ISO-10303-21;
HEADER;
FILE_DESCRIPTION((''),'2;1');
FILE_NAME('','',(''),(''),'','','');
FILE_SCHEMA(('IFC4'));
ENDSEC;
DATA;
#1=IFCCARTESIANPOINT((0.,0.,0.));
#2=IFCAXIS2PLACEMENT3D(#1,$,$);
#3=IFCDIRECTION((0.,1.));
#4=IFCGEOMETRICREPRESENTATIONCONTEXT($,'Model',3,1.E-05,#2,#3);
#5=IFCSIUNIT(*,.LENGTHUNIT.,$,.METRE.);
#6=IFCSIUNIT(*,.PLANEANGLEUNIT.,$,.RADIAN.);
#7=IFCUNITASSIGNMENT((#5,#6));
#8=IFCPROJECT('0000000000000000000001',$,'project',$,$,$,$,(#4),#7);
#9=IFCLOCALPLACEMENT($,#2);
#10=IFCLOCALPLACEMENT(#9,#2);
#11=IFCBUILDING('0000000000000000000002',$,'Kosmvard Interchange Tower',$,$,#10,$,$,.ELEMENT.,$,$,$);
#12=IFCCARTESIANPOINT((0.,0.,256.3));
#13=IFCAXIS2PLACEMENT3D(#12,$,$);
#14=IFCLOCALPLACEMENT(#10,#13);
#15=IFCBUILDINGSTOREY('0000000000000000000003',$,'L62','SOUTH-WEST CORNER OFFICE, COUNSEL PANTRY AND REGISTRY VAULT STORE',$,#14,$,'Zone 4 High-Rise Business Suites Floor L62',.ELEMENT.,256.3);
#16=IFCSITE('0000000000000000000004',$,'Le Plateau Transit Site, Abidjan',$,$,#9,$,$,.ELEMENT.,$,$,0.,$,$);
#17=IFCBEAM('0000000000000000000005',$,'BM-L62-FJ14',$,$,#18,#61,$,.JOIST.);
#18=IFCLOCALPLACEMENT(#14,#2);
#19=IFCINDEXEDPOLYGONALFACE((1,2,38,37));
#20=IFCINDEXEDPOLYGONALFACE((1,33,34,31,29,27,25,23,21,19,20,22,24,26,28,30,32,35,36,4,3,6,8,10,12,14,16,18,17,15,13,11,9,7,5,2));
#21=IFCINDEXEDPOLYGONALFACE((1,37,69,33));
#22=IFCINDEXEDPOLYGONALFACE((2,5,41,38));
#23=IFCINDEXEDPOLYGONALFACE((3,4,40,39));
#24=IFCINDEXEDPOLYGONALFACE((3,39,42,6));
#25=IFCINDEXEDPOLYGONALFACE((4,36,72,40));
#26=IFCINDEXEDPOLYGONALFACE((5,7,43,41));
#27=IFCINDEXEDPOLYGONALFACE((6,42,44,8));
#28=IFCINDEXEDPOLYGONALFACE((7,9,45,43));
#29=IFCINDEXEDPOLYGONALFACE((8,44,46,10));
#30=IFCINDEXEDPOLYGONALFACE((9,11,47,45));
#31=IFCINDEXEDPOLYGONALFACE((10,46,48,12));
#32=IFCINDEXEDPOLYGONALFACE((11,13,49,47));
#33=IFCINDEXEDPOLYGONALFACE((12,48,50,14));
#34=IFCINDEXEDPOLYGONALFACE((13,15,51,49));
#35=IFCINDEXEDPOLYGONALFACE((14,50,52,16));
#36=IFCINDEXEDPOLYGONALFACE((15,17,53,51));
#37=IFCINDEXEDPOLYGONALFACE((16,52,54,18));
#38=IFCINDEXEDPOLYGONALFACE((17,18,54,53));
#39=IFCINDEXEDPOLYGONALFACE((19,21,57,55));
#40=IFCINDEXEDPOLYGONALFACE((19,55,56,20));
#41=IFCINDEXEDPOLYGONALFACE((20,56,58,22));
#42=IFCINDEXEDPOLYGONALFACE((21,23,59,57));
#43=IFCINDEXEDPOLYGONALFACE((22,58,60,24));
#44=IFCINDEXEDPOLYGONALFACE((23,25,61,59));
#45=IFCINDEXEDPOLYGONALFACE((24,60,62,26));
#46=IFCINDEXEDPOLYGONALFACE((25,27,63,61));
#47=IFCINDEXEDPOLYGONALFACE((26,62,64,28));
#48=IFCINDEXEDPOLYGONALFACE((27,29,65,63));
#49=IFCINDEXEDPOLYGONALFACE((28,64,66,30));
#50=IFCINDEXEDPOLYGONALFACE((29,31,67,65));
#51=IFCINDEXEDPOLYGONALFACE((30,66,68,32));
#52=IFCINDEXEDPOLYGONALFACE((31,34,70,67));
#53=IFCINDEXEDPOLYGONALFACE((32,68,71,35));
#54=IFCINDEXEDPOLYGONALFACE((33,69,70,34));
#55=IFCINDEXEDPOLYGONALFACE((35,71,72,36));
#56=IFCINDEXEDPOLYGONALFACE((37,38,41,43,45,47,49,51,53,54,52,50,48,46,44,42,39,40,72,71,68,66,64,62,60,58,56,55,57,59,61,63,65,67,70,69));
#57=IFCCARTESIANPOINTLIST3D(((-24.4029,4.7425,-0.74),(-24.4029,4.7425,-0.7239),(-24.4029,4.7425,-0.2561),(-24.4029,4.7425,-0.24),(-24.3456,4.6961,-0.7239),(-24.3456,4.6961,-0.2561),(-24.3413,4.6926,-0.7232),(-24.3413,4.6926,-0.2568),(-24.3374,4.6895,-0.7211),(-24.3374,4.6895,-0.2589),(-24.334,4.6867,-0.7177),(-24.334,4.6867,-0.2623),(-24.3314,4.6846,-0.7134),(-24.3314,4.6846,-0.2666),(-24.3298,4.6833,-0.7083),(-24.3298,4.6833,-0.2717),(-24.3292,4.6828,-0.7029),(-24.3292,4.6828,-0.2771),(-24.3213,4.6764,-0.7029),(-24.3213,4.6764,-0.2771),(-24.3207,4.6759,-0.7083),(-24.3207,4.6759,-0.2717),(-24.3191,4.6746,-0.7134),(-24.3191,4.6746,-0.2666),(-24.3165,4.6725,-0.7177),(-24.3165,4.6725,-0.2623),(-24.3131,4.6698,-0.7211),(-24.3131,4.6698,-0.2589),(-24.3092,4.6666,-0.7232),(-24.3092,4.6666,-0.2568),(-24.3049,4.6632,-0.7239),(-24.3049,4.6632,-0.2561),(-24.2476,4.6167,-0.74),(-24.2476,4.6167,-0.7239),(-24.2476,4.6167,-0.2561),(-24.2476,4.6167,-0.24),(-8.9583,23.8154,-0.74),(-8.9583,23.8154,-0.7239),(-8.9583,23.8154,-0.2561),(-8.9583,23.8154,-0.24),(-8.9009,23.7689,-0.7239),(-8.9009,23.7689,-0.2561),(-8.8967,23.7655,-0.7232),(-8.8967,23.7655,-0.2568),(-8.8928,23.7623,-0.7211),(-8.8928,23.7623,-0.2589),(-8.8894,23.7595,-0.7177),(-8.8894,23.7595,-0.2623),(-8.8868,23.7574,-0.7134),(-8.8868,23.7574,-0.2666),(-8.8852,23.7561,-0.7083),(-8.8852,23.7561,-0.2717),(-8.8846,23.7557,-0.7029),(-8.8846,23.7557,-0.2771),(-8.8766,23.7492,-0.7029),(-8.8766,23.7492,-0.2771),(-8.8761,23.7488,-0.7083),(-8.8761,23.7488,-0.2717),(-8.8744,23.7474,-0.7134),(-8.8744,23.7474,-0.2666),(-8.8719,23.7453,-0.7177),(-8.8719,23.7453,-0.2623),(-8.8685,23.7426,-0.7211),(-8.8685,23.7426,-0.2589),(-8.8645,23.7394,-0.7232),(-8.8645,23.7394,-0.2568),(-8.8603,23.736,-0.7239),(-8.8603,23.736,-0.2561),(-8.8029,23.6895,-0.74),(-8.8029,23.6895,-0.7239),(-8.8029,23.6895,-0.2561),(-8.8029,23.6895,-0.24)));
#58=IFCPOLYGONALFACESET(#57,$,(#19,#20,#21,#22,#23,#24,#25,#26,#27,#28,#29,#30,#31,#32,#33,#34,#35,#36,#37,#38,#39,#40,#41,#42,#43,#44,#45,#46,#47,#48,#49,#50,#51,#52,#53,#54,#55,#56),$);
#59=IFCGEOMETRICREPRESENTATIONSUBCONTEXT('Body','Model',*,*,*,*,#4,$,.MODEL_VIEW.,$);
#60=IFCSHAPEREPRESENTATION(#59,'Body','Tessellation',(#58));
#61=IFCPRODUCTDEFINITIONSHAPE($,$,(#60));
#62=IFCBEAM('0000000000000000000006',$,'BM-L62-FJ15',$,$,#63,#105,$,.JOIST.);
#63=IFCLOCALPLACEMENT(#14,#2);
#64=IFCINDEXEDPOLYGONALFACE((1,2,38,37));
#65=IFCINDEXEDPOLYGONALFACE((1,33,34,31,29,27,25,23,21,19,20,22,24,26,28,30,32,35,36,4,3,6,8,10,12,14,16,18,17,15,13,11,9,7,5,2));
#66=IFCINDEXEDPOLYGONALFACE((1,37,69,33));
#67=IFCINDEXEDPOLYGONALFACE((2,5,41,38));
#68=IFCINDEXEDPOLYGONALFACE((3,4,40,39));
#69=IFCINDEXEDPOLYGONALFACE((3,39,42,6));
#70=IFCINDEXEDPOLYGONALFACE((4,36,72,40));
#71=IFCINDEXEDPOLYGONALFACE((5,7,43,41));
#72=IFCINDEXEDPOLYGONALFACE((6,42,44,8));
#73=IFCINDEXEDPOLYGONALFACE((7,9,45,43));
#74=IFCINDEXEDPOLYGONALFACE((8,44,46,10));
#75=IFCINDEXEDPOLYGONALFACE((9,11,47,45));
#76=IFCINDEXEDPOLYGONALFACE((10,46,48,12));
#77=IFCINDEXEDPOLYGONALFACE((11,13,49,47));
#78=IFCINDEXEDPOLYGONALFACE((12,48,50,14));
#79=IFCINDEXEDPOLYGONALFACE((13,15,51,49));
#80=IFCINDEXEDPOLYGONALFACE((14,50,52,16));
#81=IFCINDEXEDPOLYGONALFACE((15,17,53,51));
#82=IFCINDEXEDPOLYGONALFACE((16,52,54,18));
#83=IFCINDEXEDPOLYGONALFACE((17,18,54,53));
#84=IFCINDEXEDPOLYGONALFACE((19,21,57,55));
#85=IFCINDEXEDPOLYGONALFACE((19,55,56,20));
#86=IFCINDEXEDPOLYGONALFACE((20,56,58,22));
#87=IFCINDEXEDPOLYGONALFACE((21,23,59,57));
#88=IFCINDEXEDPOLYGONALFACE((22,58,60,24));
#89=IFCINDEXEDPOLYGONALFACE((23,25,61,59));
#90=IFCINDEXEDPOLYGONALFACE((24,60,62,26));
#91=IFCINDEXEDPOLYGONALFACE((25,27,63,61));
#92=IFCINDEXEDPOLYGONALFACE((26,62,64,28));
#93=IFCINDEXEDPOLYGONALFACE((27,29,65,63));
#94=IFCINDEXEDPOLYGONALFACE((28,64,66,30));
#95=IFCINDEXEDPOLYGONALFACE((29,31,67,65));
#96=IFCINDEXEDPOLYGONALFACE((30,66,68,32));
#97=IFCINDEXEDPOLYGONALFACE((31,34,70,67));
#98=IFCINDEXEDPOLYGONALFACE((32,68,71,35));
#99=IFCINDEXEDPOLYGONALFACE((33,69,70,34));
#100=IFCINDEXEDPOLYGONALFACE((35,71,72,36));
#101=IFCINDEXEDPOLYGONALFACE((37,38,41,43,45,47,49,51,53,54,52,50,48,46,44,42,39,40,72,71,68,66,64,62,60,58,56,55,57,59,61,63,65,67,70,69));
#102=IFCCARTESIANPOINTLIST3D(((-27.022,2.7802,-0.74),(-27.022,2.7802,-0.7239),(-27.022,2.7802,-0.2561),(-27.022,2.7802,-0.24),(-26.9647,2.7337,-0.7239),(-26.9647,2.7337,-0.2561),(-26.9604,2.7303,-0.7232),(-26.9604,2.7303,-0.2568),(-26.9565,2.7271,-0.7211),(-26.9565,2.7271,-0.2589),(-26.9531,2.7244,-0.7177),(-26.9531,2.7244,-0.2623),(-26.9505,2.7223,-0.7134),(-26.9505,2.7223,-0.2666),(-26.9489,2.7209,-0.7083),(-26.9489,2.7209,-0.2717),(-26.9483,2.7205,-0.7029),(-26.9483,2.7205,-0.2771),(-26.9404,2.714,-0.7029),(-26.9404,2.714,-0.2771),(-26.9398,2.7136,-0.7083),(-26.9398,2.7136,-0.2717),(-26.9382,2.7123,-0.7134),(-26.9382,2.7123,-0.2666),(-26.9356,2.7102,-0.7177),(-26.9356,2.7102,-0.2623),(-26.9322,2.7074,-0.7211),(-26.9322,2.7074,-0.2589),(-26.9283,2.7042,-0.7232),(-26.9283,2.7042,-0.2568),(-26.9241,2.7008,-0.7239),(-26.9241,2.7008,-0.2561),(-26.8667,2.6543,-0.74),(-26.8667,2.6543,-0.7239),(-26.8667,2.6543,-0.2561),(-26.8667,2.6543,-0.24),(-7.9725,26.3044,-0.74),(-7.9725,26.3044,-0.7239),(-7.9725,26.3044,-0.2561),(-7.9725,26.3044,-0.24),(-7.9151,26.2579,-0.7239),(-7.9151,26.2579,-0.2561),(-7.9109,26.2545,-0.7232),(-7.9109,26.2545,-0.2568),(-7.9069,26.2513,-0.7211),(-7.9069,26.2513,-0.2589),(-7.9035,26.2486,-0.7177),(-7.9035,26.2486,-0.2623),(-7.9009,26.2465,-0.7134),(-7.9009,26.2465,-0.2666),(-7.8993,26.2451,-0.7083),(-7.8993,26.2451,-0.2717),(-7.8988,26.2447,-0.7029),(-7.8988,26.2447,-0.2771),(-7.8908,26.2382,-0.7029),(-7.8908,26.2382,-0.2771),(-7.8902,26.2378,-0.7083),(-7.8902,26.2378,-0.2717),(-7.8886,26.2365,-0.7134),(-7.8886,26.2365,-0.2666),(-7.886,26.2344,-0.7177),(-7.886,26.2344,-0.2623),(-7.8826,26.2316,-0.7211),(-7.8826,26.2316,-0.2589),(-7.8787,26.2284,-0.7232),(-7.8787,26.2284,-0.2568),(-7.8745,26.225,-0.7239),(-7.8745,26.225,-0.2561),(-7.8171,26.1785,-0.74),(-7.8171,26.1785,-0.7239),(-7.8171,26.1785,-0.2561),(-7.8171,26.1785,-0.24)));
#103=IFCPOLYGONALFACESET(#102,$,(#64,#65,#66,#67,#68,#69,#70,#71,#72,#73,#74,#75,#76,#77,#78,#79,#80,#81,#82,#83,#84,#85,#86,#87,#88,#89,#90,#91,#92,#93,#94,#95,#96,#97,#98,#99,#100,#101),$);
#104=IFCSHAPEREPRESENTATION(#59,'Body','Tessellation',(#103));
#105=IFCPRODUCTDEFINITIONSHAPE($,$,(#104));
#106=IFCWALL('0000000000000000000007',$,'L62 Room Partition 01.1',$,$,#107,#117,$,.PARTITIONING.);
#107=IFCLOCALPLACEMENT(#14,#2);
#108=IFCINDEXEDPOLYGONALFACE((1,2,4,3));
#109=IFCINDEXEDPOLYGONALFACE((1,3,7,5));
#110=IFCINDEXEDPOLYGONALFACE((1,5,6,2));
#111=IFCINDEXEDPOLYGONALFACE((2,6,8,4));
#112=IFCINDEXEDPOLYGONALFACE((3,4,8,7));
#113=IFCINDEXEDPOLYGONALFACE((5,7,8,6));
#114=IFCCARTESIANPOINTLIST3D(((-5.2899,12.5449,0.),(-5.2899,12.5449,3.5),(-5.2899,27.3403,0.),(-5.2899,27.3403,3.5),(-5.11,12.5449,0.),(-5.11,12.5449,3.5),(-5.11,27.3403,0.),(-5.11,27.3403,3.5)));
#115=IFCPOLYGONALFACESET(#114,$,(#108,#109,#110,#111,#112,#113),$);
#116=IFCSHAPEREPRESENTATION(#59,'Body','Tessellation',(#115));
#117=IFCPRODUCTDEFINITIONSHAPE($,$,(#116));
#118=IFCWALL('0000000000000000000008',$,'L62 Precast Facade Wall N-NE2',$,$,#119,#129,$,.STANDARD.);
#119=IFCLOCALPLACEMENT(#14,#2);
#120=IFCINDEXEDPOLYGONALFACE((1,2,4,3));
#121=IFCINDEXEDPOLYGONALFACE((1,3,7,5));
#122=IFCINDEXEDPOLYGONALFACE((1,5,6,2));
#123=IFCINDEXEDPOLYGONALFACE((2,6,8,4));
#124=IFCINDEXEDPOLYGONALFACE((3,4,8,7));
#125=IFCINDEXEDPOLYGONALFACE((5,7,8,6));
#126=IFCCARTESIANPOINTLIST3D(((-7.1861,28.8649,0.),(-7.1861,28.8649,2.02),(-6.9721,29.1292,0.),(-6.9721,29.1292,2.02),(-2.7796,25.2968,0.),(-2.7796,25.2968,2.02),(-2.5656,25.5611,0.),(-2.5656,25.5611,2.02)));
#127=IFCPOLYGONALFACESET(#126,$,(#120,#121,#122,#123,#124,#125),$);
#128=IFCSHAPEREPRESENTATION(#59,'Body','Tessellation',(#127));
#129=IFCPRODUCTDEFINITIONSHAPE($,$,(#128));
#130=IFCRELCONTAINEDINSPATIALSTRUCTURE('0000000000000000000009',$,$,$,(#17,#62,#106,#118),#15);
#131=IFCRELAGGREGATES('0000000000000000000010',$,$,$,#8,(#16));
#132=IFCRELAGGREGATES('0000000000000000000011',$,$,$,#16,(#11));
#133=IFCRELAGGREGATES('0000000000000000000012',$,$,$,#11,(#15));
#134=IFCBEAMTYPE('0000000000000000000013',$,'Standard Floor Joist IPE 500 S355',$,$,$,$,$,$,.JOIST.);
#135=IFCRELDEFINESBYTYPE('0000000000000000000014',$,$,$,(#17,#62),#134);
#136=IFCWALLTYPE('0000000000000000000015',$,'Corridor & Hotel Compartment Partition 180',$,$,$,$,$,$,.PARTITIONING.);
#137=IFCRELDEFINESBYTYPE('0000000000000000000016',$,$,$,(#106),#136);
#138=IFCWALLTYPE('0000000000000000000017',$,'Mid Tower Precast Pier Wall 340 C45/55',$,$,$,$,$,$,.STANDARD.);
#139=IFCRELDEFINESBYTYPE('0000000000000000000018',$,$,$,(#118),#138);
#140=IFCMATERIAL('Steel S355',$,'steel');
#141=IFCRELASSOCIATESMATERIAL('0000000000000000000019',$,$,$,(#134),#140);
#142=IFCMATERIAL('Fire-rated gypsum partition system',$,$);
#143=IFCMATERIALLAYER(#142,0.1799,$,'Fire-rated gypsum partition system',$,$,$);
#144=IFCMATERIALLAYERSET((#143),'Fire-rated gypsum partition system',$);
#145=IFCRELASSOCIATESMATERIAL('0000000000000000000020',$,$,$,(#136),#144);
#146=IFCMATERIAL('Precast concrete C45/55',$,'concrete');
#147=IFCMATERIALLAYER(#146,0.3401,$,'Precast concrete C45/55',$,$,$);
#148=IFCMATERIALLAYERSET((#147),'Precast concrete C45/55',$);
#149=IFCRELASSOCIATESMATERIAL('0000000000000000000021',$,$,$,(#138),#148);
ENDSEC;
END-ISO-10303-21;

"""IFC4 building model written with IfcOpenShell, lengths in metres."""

from ifc_helpers import new_model, si_unit, direction, frame, frame_2d, origin, origin_2d, place, context, subcontext, project, spatial, rectangle, i_section, extrude, source, transform, mapped, material, layer, layer_set, material_profile, profile_set, type_object, element, save


model = new_model("IFC4")

# Units and contexts
model_context = context("Model", 3, precision=1e-05, world=origin(), true_north=direction((0.0, 1.0)))
body_context = subcontext(model_context, "Body", "Model", "MODEL_VIEW")
ifc_project = project(units=[si_unit("LENGTHUNIT", "METRE"), si_unit("PLANEANGLEUNIT", "RADIAN")], contexts=[model_context])

# Site, building, storey
site_placement = place(None, origin())
site = spatial("IfcSite", under=ifc_project, at=site_placement, Name="Le Plateau Transit Site, Abidjan", CompositionType="ELEMENT", RefElevation=0.0)
building_placement = place(site_placement, origin())
building = spatial("IfcBuilding", under=site, at=building_placement, Name="Kosmvard Interchange Tower", CompositionType="ELEMENT")
storey_placement = place(building_placement, frame((0.0, 0.0, 256.3)))
storey = spatial("IfcBuildingStorey", under=building, at=storey_placement, Name="L62", Description="SOUTH-WEST CORNER OFFICE, COUNSEL PANTRY AND REGISTRY VAULT STORE", LongName="Zone 4 High-Rise Business Suites Floor L62", CompositionType="ELEMENT", Elevation=256.3)

# Beams
ifc_material_1 = material(Name="Steel S355", Category="steel")
ifc_material_profile_1 = material_profile(ifc_material_1, i_section(OverallWidth=0.2, OverallDepth=0.5, WebThickness=0.0103, FlangeThickness=0.0161, FilletRadius=0.021, at=origin_2d()), Name="IPE 500")
ifc_profile_set_1 = profile_set([ifc_material_profile_1], Name="Steel S355")
beam_type_1 = type_object("IfcBeamType", Name="Standard Floor Joist IPE 500 S355", PredefinedType="JOIST", material=ifc_profile_set_1)
shared_shape_1 = source(origin(), body_context, "Body", "SweptSolid", [
    extrude(i_section(OverallWidth=0.2, OverallDepth=0.5, WebThickness=0.0103, FlangeThickness=0.0161, FilletRadius=0.021, at=origin_2d()), origin(), (0.0, 0.0, 1.0), 24.542),
])
beam_1_placement = place(storey_placement, frame((-8.8806, 23.7524, -0.49), z_axis=(-0.629315, -0.777151, 0.0), x_axis=(0.777151, -0.629315, 0.0)))
element("IfcBeam", 1, at=beam_1_placement, inside=storey, type_object=beam_type_1, Name="BM-L62-FJ14", PredefinedType="JOIST", context=body_context, shape_type="MappedRepresentation", body=[
    mapped(shared_shape_1, transform((0.0, 0.0, 0.0), scale=1.0)),
])
shared_shape_2 = source(origin(), body_context, "Body", "SweptSolid", [
    extrude(i_section(OverallWidth=0.2, OverallDepth=0.5, WebThickness=0.0103, FlangeThickness=0.0161, FilletRadius=0.021, at=origin_2d()), origin(), (0.0, 0.0, 1.0), 30.27),
])
beam_2_placement = place(storey_placement, frame((-7.8948, 26.2415, -0.49), z_axis=(-0.629322, -0.777145, 0.0), x_axis=(0.777145, -0.629322, 0.0)))
element("IfcBeam", 2, at=beam_2_placement, inside=storey, type_object=beam_type_1, Name="BM-L62-FJ15", PredefinedType="JOIST", context=body_context, shape_type="MappedRepresentation", body=[
    mapped(shared_shape_2, transform((0.0, 0.0, 0.0), scale=1.0)),
])

# Walls
ifc_material_2 = material(Name="Fire-rated gypsum partition system")
ifc_layer_1 = layer(ifc_material_2, 0.1799, Name="Fire-rated gypsum partition system")
ifc_layer_set_1 = layer_set([ifc_layer_1], Name="Fire-rated gypsum partition system")
wall_type_1 = type_object("IfcWallType", Name="Corridor & Hotel Compartment Partition 180", PredefinedType="PARTITIONING", material=ifc_layer_set_1)
wall_1_placement = place(storey_placement, frame((-5.2, 12.5449, 0.0), z_axis=(0.0, 0.0, 1.0), x_axis=(0.0, 1.0, 0.0)))
element("IfcWall", 3, at=wall_1_placement, inside=storey, type_object=wall_type_1, Name="L62 Room Partition 01.1", PredefinedType="PARTITIONING", context=body_context, shape_type="SweptSolid", body=[
    extrude(rectangle(XDim=14.7954, YDim=0.1799, at=frame_2d((7.3977, 0.0))), origin(), (0.0, 0.0, 1.0), 3.5),
])
ifc_material_3 = material(Name="Precast concrete C45/55", Category="concrete")
ifc_layer_2 = layer(ifc_material_3, 0.3401, Name="Precast concrete C45/55")
ifc_layer_set_2 = layer_set([ifc_layer_2], Name="Precast concrete C45/55")
wall_type_2 = type_object("IfcWallType", Name="Mid Tower Precast Pier Wall 340 C45/55", PredefinedType="STANDARD", material=ifc_layer_set_2)
wall_2_placement = place(storey_placement, frame((-2.6726, 25.429, 0.0), z_axis=(0.0, 0.0, 1.0), x_axis=(-0.777163, 0.6293, 0.0)))
element("IfcWall", 4, at=wall_2_placement, inside=storey, type_object=wall_type_2, Name="L62 Precast Facade Wall N-NE2", PredefinedType="STANDARD", context=body_context, shape_type="SweptSolid", body=[
    extrude(rectangle(XDim=5.6699, YDim=0.3401, at=frame_2d((2.835, 0.0))), origin(), (0.0, 0.0, 1.0), 2.02),
])

save(model, "model.ifc")
